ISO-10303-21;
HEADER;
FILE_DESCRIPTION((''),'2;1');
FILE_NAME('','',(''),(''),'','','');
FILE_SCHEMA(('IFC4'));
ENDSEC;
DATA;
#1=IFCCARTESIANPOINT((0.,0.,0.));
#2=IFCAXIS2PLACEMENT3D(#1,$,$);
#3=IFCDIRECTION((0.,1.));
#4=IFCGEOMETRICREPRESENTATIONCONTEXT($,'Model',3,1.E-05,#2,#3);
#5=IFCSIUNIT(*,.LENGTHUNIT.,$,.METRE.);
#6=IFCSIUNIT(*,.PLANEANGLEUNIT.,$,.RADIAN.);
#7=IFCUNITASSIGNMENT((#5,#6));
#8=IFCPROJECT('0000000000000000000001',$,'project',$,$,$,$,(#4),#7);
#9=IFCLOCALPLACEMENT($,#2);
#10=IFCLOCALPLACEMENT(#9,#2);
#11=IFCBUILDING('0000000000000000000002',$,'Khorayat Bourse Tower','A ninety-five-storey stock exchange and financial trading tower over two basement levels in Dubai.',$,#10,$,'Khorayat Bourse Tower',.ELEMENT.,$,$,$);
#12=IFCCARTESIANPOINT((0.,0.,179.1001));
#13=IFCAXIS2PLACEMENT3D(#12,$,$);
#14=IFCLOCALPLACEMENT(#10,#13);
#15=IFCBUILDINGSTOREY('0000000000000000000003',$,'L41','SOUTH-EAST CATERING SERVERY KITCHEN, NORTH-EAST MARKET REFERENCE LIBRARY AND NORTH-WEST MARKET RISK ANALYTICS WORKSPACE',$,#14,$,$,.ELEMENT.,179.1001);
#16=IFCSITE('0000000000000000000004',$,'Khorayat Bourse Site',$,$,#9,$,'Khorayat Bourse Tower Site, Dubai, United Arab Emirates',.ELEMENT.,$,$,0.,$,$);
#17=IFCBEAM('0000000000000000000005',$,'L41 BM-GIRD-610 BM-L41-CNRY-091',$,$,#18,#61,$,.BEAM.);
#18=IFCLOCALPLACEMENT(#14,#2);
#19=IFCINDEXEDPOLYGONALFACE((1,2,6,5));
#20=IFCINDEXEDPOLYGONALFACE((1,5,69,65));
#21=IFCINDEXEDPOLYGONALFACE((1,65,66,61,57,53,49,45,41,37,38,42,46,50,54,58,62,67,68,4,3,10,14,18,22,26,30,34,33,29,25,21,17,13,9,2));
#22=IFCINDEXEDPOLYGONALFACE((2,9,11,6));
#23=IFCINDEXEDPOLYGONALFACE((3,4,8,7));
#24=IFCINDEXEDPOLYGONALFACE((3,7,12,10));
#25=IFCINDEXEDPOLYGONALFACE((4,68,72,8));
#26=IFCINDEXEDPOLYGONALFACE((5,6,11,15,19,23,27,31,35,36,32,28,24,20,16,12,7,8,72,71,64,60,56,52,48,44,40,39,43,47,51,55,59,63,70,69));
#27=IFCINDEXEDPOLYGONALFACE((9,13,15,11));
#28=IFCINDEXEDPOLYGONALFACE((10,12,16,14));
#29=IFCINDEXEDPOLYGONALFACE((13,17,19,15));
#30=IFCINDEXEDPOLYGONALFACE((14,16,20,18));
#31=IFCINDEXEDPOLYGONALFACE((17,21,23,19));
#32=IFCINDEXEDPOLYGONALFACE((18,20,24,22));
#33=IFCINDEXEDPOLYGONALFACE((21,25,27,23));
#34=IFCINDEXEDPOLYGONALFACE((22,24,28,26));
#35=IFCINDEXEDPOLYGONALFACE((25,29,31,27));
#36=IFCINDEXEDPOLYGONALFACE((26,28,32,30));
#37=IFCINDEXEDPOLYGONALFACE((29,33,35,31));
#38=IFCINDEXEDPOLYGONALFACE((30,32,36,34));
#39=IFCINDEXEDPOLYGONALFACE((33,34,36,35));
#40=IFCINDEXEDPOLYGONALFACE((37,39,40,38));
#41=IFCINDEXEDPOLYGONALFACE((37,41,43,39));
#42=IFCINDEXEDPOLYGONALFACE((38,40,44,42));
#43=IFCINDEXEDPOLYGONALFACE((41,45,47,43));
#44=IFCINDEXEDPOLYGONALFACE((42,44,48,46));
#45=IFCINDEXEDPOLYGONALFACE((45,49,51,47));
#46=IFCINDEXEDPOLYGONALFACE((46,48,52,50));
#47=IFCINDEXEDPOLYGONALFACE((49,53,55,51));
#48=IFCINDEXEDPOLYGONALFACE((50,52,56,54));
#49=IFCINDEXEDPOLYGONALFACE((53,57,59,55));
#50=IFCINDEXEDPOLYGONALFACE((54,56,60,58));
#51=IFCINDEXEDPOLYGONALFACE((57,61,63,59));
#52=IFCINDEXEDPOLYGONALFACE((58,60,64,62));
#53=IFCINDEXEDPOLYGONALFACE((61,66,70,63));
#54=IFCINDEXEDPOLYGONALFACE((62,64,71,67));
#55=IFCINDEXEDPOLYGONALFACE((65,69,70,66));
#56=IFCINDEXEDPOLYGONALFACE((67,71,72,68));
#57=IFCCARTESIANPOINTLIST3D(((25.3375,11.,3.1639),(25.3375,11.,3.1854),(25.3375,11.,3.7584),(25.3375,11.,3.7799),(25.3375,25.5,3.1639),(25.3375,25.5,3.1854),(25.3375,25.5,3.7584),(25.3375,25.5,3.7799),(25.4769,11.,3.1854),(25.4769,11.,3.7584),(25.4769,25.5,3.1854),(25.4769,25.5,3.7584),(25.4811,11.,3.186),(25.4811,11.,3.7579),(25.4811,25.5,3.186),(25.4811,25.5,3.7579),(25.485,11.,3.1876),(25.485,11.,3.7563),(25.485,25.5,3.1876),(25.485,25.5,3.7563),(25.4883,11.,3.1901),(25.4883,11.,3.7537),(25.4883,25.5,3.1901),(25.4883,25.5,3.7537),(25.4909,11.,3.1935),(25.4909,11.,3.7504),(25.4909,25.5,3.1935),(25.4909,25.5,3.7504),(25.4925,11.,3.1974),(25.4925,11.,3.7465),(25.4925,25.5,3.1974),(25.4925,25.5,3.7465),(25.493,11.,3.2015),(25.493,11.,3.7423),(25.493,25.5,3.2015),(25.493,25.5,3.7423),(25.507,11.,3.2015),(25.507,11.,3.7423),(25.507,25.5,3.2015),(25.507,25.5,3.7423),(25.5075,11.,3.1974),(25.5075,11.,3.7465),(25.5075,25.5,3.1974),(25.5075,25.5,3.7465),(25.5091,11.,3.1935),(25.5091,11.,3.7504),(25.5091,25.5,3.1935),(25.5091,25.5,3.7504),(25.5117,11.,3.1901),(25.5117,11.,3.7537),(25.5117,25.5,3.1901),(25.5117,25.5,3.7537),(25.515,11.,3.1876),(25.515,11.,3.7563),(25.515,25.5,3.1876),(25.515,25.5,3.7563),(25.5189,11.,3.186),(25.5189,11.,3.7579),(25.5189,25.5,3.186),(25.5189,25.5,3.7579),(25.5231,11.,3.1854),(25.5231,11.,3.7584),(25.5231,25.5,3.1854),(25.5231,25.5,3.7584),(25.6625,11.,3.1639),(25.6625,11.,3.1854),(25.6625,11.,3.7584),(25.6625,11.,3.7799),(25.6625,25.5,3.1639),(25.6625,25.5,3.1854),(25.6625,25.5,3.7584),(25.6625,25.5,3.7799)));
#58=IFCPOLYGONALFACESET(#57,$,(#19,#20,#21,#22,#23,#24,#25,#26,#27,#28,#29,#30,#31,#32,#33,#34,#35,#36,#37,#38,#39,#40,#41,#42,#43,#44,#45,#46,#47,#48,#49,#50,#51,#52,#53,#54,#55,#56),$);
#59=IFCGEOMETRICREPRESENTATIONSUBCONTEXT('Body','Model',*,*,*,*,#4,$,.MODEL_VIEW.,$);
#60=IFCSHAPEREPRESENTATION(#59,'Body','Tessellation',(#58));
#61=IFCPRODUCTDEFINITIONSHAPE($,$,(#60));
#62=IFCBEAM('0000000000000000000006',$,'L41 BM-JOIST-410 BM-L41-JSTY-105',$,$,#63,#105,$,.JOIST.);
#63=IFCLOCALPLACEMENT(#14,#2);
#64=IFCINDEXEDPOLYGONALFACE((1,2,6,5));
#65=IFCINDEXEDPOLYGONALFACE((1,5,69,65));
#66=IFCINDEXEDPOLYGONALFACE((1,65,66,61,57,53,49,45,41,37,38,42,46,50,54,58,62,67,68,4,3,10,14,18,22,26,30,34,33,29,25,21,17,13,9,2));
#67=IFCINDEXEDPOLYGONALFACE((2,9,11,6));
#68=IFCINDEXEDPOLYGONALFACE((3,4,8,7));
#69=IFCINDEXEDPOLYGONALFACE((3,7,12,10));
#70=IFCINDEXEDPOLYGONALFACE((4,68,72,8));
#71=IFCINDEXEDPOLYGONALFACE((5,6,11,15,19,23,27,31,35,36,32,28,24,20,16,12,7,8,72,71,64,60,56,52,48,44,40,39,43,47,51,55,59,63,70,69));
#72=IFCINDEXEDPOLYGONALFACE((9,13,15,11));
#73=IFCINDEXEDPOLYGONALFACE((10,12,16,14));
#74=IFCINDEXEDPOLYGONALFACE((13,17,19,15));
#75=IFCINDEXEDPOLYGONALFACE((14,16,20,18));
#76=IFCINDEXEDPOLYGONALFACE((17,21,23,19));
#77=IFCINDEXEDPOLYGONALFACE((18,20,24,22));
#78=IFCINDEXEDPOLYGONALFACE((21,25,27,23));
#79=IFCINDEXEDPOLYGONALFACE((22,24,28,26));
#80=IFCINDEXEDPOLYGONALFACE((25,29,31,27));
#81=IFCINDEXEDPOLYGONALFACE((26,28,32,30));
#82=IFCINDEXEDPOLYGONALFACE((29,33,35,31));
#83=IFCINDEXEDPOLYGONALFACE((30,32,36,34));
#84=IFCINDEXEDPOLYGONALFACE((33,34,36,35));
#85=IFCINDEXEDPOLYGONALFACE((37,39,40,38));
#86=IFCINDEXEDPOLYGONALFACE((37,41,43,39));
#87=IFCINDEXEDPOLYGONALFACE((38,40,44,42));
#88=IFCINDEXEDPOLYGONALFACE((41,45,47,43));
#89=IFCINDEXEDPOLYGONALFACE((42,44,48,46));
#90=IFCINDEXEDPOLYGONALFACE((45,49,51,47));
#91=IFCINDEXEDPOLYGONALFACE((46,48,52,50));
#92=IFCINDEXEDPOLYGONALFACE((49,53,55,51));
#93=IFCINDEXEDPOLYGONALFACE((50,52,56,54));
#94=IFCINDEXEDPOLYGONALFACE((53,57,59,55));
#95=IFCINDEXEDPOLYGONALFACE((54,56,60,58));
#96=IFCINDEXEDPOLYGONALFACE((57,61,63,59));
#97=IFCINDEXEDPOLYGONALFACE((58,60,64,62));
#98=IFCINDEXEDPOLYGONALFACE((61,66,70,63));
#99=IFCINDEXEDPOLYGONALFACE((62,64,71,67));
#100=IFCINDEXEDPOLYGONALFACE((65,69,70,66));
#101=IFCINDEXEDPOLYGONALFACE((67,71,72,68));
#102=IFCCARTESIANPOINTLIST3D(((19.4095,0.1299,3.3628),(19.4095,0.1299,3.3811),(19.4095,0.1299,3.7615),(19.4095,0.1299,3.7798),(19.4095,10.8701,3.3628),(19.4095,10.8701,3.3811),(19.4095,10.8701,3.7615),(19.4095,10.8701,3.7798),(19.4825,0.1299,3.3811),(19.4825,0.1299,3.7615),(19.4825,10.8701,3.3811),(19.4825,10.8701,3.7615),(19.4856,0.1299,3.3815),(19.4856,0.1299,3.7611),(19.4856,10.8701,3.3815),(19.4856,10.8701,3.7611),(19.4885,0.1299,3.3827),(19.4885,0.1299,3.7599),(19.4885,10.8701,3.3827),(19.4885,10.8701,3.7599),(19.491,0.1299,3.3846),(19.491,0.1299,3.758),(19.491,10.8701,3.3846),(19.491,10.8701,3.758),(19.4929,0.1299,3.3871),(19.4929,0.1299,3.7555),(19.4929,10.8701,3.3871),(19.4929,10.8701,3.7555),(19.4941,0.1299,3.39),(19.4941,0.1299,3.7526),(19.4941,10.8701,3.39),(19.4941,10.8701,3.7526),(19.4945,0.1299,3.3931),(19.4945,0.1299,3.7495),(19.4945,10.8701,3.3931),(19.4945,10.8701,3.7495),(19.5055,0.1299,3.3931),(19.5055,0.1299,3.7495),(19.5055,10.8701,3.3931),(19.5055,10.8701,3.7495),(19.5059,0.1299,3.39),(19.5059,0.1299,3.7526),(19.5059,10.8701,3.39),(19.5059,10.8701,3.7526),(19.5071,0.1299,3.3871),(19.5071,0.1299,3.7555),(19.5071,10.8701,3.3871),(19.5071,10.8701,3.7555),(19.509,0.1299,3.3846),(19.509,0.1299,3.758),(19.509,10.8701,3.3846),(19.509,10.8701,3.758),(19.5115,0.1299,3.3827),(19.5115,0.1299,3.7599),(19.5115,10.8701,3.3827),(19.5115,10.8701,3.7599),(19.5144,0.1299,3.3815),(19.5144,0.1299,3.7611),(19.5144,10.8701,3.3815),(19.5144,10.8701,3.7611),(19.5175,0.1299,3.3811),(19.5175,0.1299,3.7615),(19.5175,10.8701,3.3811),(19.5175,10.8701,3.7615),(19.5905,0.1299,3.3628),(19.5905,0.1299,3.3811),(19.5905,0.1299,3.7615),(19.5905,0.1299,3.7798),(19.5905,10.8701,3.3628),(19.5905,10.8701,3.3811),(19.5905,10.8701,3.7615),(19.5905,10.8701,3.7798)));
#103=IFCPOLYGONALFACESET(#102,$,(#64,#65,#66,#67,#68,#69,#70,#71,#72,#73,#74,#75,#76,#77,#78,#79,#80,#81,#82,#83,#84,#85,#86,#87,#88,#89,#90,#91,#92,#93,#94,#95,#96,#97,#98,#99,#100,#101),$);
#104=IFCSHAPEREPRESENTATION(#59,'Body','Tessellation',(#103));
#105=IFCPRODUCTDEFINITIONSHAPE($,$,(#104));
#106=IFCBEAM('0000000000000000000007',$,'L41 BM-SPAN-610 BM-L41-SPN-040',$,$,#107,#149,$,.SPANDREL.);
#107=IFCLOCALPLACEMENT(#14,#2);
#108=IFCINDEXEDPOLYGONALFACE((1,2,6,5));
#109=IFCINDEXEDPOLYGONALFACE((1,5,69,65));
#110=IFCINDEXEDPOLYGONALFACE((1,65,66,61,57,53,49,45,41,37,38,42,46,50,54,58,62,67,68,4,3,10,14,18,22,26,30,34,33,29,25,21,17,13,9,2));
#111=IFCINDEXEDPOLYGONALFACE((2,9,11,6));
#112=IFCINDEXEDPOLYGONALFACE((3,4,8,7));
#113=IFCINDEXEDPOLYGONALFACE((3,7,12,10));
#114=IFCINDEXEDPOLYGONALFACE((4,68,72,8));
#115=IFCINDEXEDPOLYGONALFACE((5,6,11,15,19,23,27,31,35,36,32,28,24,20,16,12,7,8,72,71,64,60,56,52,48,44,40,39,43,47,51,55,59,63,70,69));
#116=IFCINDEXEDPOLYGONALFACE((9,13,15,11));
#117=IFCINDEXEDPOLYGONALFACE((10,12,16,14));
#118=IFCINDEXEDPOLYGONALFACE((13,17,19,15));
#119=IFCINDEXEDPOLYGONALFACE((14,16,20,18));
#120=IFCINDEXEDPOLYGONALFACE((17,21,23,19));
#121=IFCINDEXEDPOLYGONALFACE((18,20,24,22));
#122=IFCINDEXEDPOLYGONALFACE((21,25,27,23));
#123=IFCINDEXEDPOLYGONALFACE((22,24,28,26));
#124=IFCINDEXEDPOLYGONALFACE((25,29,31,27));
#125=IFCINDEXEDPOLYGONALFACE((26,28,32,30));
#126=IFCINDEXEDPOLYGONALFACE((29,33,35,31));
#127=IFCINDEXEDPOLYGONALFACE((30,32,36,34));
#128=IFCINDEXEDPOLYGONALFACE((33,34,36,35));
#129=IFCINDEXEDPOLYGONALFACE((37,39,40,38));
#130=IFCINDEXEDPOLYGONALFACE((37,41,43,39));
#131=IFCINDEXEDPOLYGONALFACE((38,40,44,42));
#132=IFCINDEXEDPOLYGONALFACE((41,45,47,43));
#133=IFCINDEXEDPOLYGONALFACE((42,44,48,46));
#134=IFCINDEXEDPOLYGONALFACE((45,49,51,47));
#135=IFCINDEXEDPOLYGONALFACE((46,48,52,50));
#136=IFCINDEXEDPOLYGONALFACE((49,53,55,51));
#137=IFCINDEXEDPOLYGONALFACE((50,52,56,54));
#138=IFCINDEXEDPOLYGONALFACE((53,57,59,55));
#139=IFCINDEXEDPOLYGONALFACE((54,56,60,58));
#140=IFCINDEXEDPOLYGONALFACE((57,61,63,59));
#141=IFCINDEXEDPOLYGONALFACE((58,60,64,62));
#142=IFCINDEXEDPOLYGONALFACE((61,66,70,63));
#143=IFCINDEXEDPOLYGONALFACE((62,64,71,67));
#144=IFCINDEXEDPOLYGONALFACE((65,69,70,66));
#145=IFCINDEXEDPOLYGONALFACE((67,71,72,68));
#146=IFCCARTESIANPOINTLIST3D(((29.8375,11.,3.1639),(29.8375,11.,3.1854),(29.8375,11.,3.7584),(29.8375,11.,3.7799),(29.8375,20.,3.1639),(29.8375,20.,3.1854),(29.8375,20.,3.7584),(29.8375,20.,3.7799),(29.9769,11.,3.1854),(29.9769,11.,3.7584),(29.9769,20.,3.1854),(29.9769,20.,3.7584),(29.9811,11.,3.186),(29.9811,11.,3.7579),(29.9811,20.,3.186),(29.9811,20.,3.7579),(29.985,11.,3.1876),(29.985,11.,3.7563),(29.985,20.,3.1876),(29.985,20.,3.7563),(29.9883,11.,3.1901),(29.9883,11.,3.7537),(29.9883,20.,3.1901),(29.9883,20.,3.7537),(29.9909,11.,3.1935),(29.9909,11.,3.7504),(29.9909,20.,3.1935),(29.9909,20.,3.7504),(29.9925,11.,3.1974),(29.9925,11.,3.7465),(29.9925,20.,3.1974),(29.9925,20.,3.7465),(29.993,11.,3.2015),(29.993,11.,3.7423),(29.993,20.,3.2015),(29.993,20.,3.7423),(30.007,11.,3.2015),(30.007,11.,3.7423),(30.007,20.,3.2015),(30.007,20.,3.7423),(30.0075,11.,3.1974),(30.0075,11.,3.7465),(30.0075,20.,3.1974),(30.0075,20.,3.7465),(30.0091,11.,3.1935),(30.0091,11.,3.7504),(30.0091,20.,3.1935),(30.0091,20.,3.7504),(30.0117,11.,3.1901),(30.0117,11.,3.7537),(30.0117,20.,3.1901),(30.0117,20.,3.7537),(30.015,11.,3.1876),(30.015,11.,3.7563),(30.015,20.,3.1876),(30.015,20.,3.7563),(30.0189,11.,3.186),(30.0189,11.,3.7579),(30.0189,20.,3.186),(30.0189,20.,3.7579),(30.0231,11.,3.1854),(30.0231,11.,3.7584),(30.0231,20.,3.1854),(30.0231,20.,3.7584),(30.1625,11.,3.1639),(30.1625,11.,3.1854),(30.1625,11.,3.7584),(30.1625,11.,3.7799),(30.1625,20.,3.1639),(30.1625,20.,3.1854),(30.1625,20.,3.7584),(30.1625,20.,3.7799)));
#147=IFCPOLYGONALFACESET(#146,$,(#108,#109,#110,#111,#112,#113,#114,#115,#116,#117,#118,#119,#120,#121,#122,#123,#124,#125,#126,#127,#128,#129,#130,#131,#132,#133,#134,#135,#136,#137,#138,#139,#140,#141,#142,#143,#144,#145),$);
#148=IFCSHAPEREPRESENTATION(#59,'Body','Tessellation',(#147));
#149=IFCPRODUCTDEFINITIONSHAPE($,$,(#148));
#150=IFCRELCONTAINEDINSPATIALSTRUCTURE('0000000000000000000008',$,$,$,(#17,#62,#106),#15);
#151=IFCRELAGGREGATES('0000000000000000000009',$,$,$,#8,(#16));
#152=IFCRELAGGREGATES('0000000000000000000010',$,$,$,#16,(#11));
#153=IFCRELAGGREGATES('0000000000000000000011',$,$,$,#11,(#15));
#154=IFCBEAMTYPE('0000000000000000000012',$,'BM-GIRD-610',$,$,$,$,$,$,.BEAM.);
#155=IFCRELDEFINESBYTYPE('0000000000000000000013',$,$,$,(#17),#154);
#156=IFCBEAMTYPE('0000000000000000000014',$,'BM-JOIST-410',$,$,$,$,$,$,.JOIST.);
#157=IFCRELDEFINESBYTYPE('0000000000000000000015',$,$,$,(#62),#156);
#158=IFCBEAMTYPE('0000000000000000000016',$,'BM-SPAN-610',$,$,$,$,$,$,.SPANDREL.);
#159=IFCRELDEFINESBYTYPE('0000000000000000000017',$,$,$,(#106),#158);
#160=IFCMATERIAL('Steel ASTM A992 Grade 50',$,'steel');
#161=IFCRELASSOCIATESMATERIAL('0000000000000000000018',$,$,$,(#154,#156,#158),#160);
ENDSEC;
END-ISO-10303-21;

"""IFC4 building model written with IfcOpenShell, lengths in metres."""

from ifc_helpers import new_model, si_unit, direction, frame, origin, origin_2d, place, context, subcontext, project, spatial, i_section, extrude, source, transform, mapped, material, material_profile, profile_set, type_object, element, save


model = new_model("IFC4")

# Units and contexts
model_context = context("Model", 3, precision=1e-05, world=origin(), true_north=direction((0.0, 1.0)))
body_context = subcontext(model_context, "Body", "Model", "MODEL_VIEW")
ifc_project = project(units=[si_unit("LENGTHUNIT", "METRE"), si_unit("PLANEANGLEUNIT", "RADIAN")], contexts=[model_context])

# Site, building, storey
site_placement = place(None, origin())
site = spatial("IfcSite", under=ifc_project, at=site_placement, Name="Khorayat Bourse Site", LongName="Khorayat Bourse Tower Site, Dubai, United Arab Emirates", CompositionType="ELEMENT", RefElevation=0.0)
building_placement = place(site_placement, origin())
building = spatial("IfcBuilding", under=site, at=building_placement, Name="Khorayat Bourse Tower", Description="A ninety-five-storey stock exchange and financial trading tower over two basement levels in Dubai.", LongName="Khorayat Bourse Tower", CompositionType="ELEMENT")
storey_placement = place(building_placement, frame((0.0, 0.0, 179.1001)))
storey = spatial("IfcBuildingStorey", under=building, at=storey_placement, Name="L41", Description="SOUTH-EAST CATERING SERVERY KITCHEN, NORTH-EAST MARKET REFERENCE LIBRARY AND NORTH-WEST MARKET RISK ANALYTICS WORKSPACE", CompositionType="ELEMENT", Elevation=179.1001)

# Beams
ifc_material_1 = material(Name="Steel ASTM A992 Grade 50", Category="steel")
ifc_material_profile_1 = material_profile(ifc_material_1, i_section(OverallWidth=0.325, OverallDepth=0.616, WebThickness=0.0139, FlangeThickness=0.0215, FilletRadius=0.0161, at=origin_2d()), Name="W610X174")
ifc_profile_set_1 = profile_set([ifc_material_profile_1], Name="Steel ASTM A992 Grade 50")
beam_type_1 = type_object("IfcBeamType", Name="BM-GIRD-610", PredefinedType="BEAM", material=ifc_profile_set_1)
shared_shape_1 = source(origin(), body_context, "Body", "SweptSolid", [
    extrude(i_section(OverallWidth=0.325, OverallDepth=0.616, WebThickness=0.0139, FlangeThickness=0.0215, FilletRadius=0.0161, at=origin_2d()), origin(), (0.0, 0.0, 1.0), 14.5),
])
beam_1_placement = place(storey_placement, frame((25.5, 11.0, 3.4719), z_axis=(0.0, 1.0, 0.0), x_axis=(-1.0, 0.0, 0.0)))
element("IfcBeam", 1, at=beam_1_placement, inside=storey, type_object=beam_type_1, Name="L41 BM-GIRD-610 BM-L41-CNRY-091", PredefinedType="BEAM", context=body_context, shape_type="MappedRepresentation", body=[
    mapped(shared_shape_1, transform((0.0, 0.0, 0.0), scale=1.0)),
])
ifc_material_profile_2 = material_profile(ifc_material_1, i_section(OverallWidth=0.1809, OverallDepth=0.417, WebThickness=0.011, FlangeThickness=0.0183, FilletRadius=0.012, at=origin_2d()), Name="W410X85")
ifc_profile_set_2 = profile_set([ifc_material_profile_2], Name="Steel ASTM A992 Grade 50")
beam_type_2 = type_object("IfcBeamType", Name="BM-JOIST-410", PredefinedType="JOIST", material=ifc_profile_set_2)
shared_shape_2 = source(origin(), body_context, "Body", "SweptSolid", [
    extrude(i_section(OverallWidth=0.1809, OverallDepth=0.417, WebThickness=0.011, FlangeThickness=0.0183, FilletRadius=0.012, at=origin_2d()), origin(), (0.0, 0.0, 1.0), 10.7402),
])
beam_2_placement = place(storey_placement, frame((19.5, 0.1299, 3.5713), z_axis=(0.0, 1.0, 0.0), x_axis=(-1.0, 0.0, 0.0)))
element("IfcBeam", 2, at=beam_2_placement, inside=storey, type_object=beam_type_2, Name="L41 BM-JOIST-410 BM-L41-JSTY-105", PredefinedType="JOIST", context=body_context, shape_type="MappedRepresentation", body=[
    mapped(shared_shape_2, transform((0.0, 0.0, 0.0), scale=1.0)),
])
ifc_material_profile_3 = material_profile(ifc_material_1, i_section(OverallWidth=0.325, OverallDepth=0.616, WebThickness=0.0139, FlangeThickness=0.0215, FilletRadius=0.0161, at=origin_2d()), Name="W610X174")
ifc_profile_set_3 = profile_set([ifc_material_profile_3], Name="Steel ASTM A992 Grade 50")
beam_type_3 = type_object("IfcBeamType", Name="BM-SPAN-610", PredefinedType="SPANDREL", material=ifc_profile_set_3)
shared_shape_3 = source(origin(), body_context, "Body", "SweptSolid", [
    extrude(i_section(OverallWidth=0.325, OverallDepth=0.616, WebThickness=0.0139, FlangeThickness=0.0215, FilletRadius=0.0161, at=origin_2d()), origin(), (0.0, 0.0, 1.0), 9.0),
])
beam_3_placement = place(storey_placement, frame((30.0, 11.0, 3.4719), z_axis=(0.0, 1.0, 0.0), x_axis=(-1.0, 0.0, 0.0)))
element("IfcBeam", 3, at=beam_3_placement, inside=storey, type_object=beam_type_3, Name="L41 BM-SPAN-610 BM-L41-SPN-040", PredefinedType="SPANDREL", context=body_context, shape_type="MappedRepresentation", body=[
    mapped(shared_shape_3, transform((0.0, 0.0, 0.0), scale=1.0)),
])

save(model, "model.ifc")
